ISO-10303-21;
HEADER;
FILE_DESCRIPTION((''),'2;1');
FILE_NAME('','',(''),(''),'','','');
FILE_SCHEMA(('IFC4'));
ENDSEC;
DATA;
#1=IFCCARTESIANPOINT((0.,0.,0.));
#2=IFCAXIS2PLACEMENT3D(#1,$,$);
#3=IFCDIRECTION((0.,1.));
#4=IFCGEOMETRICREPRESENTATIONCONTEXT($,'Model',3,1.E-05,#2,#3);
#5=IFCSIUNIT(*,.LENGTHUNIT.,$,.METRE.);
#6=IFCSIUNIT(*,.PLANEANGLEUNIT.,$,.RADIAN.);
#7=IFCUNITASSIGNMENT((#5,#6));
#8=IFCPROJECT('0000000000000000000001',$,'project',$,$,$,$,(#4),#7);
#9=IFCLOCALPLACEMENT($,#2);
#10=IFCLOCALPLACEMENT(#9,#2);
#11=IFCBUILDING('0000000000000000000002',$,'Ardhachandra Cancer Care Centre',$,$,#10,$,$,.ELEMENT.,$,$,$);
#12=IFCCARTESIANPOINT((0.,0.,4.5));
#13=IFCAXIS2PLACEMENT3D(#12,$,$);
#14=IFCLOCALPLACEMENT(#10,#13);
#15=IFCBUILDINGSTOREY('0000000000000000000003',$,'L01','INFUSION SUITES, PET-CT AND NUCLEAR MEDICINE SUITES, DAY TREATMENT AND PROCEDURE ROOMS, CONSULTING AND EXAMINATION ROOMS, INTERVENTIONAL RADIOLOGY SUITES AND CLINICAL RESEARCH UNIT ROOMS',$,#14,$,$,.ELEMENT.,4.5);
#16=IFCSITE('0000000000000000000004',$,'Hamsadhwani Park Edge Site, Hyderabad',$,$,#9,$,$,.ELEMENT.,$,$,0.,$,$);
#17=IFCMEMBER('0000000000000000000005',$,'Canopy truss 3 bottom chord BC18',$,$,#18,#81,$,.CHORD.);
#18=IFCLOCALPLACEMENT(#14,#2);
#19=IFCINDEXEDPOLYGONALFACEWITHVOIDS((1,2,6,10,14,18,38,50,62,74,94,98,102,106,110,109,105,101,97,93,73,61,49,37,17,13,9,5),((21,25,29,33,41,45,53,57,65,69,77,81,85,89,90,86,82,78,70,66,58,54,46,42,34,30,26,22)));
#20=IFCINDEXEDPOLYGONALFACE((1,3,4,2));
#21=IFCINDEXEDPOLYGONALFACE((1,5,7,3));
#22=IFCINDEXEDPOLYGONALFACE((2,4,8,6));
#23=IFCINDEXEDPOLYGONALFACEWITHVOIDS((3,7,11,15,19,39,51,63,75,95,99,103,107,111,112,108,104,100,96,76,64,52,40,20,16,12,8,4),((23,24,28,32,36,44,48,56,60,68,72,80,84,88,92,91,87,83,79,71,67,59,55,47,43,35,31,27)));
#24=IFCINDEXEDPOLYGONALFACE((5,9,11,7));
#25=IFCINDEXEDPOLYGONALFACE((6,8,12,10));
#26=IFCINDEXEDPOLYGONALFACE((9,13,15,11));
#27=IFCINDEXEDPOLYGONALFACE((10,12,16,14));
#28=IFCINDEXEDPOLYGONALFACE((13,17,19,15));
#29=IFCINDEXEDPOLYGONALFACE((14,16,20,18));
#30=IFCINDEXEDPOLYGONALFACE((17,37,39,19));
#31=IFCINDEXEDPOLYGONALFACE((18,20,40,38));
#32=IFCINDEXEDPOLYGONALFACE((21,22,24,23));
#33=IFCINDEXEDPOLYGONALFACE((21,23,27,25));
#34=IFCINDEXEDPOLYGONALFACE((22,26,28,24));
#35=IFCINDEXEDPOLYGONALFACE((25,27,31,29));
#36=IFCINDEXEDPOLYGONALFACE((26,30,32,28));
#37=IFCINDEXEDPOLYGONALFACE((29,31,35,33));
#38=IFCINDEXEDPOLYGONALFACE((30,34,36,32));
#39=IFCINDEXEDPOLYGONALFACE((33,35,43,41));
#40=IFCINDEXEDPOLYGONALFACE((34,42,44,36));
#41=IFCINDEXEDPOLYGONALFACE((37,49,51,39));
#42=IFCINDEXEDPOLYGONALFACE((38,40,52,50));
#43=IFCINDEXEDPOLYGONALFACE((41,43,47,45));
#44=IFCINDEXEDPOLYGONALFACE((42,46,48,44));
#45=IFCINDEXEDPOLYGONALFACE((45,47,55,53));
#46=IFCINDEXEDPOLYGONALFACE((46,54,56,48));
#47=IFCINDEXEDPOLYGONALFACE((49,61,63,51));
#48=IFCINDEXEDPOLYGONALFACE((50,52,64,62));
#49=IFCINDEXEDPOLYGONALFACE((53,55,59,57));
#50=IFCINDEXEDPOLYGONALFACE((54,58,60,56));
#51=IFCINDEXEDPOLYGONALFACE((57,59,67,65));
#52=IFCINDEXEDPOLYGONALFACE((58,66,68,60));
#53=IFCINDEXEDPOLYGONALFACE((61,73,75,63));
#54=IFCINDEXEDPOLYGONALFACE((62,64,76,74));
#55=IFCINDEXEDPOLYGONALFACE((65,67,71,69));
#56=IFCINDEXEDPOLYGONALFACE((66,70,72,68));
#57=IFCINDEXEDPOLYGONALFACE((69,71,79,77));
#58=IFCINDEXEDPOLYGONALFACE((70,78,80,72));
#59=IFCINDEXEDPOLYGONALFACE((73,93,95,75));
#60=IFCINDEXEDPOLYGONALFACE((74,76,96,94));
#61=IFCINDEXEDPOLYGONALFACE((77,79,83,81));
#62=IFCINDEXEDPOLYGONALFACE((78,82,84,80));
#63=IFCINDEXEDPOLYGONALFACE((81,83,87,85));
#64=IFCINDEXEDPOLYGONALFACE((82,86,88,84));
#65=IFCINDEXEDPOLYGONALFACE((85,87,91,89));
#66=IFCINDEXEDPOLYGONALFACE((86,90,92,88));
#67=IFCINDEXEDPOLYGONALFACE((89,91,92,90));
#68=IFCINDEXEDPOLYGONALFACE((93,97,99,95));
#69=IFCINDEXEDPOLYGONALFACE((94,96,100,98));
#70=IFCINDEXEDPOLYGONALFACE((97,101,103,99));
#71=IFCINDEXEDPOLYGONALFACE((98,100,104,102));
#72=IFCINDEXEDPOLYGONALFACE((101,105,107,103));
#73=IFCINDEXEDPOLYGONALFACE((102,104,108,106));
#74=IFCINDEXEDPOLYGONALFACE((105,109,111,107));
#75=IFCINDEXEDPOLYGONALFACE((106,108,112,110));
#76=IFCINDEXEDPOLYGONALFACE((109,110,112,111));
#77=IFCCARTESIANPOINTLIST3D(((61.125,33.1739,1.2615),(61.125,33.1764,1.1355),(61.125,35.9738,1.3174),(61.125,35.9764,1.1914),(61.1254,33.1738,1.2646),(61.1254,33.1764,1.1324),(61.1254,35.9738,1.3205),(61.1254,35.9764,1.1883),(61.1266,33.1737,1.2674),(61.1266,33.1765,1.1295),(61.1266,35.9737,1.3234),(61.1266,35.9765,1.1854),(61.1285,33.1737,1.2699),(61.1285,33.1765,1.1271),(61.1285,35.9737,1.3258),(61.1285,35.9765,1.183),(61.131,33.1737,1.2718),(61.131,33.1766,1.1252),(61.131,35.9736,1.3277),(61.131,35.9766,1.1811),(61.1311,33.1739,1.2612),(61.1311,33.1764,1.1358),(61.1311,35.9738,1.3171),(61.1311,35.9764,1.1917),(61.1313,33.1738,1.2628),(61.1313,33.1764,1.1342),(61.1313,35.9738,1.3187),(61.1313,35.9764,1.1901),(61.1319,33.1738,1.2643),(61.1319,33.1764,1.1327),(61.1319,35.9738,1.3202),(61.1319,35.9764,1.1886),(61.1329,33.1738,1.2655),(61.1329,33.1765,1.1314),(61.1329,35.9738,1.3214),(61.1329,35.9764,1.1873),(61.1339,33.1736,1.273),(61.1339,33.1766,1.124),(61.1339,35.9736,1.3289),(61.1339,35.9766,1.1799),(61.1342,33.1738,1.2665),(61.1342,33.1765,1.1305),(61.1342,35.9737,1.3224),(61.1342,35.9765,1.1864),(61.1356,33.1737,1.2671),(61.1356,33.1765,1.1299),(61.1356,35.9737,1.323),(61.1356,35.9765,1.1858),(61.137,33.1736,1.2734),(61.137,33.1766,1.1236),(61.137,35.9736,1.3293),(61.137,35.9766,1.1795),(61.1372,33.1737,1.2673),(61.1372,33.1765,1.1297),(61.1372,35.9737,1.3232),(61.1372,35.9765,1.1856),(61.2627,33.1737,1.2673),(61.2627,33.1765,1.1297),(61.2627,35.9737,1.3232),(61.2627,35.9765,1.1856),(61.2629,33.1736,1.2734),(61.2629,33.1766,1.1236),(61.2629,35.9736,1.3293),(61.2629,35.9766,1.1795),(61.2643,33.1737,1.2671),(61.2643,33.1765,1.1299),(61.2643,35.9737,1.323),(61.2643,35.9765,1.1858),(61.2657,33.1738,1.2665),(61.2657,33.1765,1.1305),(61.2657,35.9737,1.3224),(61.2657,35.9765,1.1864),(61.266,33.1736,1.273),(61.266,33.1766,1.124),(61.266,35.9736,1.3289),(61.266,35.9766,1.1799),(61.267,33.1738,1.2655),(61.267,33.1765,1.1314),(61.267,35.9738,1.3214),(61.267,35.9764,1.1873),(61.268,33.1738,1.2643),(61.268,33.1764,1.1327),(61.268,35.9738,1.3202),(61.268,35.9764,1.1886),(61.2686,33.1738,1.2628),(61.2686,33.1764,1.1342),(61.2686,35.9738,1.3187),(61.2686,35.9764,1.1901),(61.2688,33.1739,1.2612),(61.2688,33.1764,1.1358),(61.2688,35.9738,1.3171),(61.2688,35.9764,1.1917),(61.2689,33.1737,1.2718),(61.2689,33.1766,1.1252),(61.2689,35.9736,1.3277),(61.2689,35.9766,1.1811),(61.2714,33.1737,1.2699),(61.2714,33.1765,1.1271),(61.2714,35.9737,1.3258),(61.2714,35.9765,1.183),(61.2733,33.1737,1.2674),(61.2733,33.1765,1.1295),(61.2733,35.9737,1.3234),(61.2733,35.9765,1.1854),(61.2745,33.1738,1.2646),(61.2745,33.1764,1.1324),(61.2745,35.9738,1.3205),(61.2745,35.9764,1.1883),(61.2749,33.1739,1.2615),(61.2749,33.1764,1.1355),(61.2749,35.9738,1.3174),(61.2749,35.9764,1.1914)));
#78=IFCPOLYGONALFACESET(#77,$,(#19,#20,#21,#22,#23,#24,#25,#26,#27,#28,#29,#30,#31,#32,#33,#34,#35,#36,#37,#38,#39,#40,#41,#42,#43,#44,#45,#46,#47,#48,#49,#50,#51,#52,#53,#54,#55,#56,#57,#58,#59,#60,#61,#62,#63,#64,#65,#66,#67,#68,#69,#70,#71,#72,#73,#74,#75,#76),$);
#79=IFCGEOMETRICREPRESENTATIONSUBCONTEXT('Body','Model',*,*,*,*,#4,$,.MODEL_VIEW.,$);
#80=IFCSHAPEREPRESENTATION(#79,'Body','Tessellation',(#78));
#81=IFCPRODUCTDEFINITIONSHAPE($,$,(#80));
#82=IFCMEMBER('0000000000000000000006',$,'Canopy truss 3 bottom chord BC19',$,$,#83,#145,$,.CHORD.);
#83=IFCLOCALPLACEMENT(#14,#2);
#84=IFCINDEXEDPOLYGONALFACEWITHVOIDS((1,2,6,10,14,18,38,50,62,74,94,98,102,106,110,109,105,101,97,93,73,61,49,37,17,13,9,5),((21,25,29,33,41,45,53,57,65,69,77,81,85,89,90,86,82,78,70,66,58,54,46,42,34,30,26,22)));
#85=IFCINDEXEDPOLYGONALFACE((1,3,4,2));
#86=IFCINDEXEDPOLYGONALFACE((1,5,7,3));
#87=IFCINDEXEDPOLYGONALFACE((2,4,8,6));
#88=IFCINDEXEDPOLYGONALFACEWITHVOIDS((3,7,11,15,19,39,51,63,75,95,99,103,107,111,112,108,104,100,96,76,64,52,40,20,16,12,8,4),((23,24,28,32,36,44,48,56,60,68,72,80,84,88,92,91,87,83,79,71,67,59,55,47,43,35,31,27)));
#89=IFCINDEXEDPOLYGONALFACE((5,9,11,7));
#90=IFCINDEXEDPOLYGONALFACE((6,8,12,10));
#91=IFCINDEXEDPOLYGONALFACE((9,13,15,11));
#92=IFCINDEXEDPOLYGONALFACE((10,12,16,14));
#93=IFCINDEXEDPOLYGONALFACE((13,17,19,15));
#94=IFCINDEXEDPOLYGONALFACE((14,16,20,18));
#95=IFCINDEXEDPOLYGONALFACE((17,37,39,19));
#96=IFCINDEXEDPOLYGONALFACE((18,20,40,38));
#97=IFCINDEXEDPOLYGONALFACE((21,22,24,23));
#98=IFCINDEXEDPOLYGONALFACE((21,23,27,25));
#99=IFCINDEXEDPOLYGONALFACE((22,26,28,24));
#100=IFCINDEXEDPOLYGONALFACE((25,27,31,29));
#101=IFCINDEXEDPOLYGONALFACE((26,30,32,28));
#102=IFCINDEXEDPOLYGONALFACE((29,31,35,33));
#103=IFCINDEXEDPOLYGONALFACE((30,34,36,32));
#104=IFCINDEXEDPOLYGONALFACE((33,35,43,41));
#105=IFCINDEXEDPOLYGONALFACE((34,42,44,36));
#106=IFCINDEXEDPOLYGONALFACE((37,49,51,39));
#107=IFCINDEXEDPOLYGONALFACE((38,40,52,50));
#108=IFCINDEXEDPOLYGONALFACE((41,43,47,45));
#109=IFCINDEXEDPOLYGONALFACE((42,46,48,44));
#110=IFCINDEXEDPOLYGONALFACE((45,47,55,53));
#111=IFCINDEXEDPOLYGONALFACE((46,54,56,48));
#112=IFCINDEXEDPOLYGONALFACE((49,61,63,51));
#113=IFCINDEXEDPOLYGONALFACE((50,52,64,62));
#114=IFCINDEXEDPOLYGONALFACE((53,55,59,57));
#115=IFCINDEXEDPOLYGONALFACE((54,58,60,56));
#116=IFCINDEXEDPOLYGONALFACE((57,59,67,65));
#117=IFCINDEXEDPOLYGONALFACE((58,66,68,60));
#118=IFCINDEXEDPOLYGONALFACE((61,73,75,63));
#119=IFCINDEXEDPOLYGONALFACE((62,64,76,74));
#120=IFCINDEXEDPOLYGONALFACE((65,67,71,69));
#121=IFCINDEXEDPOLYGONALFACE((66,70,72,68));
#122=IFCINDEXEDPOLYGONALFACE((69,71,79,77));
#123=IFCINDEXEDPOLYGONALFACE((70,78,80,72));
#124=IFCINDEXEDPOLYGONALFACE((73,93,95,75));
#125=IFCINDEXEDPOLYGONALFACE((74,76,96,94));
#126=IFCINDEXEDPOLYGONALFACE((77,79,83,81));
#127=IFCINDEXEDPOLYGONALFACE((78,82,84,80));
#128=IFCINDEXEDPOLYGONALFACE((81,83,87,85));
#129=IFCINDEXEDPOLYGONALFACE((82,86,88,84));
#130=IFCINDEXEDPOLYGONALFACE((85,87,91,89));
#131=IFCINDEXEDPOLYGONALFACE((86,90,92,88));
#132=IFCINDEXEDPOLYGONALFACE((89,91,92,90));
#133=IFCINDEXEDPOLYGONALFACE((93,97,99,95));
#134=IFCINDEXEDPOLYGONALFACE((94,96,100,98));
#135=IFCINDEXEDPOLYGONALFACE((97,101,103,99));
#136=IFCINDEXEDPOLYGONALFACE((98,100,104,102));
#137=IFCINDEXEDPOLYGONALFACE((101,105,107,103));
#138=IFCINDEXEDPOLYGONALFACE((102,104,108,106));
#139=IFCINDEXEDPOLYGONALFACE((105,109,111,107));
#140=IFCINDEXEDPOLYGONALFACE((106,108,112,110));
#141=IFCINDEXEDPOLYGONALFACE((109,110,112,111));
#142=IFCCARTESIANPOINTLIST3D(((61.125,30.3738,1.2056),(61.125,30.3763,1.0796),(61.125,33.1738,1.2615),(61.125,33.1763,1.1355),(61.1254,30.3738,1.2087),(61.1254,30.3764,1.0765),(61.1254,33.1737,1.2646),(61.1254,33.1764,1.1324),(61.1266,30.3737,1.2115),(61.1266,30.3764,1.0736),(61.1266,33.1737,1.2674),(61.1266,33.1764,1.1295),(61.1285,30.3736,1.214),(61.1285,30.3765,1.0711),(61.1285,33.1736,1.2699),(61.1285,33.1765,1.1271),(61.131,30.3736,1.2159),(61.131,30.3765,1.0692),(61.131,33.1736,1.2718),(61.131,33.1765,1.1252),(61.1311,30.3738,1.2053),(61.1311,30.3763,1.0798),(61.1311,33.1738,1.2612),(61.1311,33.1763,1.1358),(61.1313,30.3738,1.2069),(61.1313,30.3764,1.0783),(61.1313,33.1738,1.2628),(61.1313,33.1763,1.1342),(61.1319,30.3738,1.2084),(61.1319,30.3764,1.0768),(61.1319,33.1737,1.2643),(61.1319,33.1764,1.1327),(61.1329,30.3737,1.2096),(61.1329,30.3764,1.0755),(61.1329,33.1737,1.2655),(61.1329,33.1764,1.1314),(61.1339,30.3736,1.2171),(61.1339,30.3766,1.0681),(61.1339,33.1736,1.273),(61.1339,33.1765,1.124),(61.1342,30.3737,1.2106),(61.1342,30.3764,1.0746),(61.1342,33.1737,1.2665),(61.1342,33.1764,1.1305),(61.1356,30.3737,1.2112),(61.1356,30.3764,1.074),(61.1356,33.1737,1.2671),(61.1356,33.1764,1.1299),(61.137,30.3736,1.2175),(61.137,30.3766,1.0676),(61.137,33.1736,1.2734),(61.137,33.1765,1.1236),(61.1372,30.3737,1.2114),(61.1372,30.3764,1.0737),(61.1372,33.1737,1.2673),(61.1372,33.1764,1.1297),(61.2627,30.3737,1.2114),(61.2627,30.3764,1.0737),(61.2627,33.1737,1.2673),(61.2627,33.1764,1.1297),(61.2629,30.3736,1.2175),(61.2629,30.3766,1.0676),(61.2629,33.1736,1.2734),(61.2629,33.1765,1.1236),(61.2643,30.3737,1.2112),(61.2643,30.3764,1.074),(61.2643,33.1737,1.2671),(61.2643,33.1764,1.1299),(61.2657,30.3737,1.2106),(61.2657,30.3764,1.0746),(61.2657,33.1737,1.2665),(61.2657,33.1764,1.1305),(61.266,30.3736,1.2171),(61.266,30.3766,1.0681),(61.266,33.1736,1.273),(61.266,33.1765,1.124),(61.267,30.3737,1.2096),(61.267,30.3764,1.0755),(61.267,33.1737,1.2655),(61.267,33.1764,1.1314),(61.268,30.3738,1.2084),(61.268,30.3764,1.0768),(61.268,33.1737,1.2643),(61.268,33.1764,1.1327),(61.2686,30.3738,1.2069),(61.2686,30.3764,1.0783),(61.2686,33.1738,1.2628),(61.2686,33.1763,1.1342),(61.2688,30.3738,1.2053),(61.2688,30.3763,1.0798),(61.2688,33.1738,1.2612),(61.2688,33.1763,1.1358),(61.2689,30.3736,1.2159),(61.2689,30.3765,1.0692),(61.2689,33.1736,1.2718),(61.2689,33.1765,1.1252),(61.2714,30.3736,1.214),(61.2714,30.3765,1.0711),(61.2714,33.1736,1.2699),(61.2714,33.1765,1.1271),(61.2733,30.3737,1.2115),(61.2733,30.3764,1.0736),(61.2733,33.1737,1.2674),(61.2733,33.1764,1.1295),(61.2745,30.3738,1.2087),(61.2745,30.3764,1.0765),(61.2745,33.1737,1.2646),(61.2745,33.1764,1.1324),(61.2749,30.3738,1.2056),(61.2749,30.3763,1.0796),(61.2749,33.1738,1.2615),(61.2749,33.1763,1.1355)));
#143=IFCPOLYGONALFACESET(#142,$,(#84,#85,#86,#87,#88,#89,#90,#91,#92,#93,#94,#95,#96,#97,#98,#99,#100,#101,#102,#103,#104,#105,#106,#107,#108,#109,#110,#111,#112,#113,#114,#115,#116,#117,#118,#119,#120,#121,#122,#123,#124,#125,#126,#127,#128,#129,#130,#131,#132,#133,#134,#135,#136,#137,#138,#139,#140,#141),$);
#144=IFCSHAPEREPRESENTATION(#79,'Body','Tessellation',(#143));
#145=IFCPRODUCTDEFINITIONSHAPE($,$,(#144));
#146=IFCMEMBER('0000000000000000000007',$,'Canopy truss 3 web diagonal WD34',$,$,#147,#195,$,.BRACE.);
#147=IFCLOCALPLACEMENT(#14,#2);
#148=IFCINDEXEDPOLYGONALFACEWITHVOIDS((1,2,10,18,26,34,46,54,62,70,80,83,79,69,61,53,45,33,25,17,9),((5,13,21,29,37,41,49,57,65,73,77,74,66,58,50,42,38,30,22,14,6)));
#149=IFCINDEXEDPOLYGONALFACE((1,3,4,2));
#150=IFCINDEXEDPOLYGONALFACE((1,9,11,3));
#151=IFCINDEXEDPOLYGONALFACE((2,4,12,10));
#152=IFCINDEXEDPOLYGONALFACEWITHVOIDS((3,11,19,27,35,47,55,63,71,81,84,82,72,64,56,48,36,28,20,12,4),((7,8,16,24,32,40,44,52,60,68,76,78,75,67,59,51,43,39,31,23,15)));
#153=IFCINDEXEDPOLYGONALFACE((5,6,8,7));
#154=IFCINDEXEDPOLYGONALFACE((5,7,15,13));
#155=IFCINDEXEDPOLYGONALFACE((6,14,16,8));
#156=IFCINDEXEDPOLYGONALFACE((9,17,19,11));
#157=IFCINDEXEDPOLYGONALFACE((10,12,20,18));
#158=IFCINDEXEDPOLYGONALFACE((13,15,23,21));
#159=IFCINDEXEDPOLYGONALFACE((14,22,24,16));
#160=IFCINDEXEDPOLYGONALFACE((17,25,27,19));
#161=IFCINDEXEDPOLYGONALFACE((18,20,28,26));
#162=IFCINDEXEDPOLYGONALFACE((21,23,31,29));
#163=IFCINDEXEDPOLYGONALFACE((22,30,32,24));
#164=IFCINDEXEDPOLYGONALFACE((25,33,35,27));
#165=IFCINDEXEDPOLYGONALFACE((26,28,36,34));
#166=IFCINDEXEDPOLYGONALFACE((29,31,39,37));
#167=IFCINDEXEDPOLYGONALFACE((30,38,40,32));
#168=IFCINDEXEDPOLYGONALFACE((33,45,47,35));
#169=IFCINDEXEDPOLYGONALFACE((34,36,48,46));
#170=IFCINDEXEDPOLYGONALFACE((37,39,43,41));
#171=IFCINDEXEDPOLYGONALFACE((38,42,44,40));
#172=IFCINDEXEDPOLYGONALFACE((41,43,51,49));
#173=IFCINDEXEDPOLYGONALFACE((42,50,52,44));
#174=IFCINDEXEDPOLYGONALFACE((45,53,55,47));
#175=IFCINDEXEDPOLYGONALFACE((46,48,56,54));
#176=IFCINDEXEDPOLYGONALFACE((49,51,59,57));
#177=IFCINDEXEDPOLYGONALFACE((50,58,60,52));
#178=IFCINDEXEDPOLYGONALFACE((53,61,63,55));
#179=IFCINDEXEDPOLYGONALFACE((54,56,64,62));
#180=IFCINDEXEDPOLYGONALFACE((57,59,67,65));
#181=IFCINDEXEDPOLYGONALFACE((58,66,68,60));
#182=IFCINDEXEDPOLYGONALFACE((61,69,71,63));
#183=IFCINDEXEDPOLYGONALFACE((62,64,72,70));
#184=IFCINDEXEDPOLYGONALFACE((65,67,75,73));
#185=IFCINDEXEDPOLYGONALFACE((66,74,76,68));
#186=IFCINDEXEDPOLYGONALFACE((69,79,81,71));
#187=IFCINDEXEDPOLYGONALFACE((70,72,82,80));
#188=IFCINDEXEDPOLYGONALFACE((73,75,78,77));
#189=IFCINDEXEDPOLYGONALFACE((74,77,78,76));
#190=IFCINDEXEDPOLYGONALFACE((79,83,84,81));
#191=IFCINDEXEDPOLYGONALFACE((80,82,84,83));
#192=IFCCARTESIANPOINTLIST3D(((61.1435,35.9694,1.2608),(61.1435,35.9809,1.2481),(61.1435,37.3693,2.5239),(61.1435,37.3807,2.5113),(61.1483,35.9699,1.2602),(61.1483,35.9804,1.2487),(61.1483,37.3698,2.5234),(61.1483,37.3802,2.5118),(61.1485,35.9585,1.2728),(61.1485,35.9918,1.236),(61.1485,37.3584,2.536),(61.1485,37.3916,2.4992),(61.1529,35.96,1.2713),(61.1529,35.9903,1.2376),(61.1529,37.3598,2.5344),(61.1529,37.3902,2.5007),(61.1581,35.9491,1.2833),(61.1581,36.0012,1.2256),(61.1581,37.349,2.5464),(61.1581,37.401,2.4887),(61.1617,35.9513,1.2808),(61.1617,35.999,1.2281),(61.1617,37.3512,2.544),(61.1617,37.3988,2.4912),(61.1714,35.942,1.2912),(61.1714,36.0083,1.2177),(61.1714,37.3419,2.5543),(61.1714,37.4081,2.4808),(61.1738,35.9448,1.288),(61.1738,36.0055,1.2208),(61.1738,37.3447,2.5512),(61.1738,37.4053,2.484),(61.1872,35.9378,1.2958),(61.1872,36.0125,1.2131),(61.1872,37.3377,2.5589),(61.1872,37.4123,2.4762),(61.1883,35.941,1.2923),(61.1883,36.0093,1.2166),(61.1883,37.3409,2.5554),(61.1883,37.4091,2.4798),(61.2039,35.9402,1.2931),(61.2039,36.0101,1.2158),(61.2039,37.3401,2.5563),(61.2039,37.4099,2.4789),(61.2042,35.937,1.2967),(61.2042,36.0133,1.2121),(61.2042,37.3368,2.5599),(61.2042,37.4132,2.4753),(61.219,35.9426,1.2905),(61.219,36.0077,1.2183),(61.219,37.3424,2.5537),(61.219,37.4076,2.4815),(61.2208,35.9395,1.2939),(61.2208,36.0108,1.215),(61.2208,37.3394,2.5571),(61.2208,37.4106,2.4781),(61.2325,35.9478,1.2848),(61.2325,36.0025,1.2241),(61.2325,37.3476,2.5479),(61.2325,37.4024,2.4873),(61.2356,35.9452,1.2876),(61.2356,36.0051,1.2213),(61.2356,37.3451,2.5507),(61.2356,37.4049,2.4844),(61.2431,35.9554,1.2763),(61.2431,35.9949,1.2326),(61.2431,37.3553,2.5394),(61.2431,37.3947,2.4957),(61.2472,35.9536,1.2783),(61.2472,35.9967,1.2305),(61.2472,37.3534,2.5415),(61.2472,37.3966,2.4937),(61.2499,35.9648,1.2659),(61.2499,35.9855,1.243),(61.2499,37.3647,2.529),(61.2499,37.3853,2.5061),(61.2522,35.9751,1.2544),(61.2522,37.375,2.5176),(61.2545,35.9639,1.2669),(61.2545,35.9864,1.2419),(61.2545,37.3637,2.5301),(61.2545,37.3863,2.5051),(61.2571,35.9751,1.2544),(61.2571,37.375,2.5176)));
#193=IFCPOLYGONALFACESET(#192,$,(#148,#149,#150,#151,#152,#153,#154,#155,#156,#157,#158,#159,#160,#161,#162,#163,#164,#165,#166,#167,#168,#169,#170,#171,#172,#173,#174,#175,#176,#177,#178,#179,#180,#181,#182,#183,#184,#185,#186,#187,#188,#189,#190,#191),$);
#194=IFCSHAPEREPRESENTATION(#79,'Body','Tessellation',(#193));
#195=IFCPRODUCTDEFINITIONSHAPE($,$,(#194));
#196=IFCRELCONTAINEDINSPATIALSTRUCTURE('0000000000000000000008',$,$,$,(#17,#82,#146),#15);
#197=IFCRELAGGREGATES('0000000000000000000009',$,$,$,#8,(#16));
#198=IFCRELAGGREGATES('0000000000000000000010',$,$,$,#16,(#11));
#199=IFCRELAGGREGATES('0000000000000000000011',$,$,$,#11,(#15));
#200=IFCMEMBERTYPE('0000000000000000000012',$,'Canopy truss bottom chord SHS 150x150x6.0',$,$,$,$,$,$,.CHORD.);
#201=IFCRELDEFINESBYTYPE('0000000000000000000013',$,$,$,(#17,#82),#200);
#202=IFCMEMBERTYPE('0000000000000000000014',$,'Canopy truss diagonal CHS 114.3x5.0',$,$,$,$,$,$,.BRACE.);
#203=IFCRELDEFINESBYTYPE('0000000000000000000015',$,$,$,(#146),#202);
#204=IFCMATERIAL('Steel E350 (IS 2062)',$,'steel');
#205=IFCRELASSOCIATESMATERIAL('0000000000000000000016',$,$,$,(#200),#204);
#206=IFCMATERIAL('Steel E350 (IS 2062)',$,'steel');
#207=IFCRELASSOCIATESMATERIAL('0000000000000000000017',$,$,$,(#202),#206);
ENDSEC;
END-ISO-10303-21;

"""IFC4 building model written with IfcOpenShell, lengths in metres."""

from ifc_helpers import new_model, si_unit, direction, frame, origin, origin_2d, place, context, subcontext, project, spatial, hollow_rectangle, hollow_circle, extrude, material, material_profile, profile_set, type_object, element, save


model = new_model("IFC4")

# Units and contexts
model_context = context("Model", 3, precision=1e-05, world=origin(), true_north=direction((0.0, 1.0)))
body_context = subcontext(model_context, "Body", "Model", "MODEL_VIEW")
ifc_project = project(units=[si_unit("LENGTHUNIT", "METRE"), si_unit("PLANEANGLEUNIT", "RADIAN")], contexts=[model_context])

# Site, building, storey
site_placement = place(None, origin())
site = spatial("IfcSite", under=ifc_project, at=site_placement, Name="Hamsadhwani Park Edge Site, Hyderabad", CompositionType="ELEMENT", RefElevation=0.0)
building_placement = place(site_placement, origin())
building = spatial("IfcBuilding", under=site, at=building_placement, Name="Ardhachandra Cancer Care Centre", CompositionType="ELEMENT")
storey_placement = place(building_placement, frame((0.0, 0.0, 4.5)))
storey = spatial("IfcBuildingStorey", under=building, at=storey_placement, Name="L01", Description="INFUSION SUITES, PET-CT AND NUCLEAR MEDICINE SUITES, DAY TREATMENT AND PROCEDURE ROOMS, CONSULTING AND EXAMINATION ROOMS, INTERVENTIONAL RADIOLOGY SUITES AND CLINICAL RESEARCH UNIT ROOMS", CompositionType="ELEMENT", Elevation=4.5)

# Members
ifc_material_1 = material(Name="Steel E350 (IS 2062)", Category="steel")
ifc_material_profile_1 = material_profile(ifc_material_1, hollow_rectangle(XDim=0.1499, YDim=0.1499, WallThickness=0.0061, InnerFilletRadius=0.0061, OuterFilletRadius=0.012, at=origin_2d()), Name="SHS 150x150x6.0")
ifc_profile_set_1 = profile_set([ifc_material_profile_1], Name="Steel E350 (IS 2062)")
member_type_1 = type_object("IfcMemberType", Name="Canopy truss bottom chord SHS 150x150x6.0", PredefinedType="CHORD", material=ifc_profile_set_1)
for number, where, z_axis, x_axis, name in (
    (1, (61.2, 35.9751, 1.2544), (0.0, -0.999801, -0.019963), (1.0, 0.0, 0.0), "Canopy truss 3 bottom chord BC18"),
    (2, (61.2, 33.175, 1.1985), (0.0, -0.999801, -0.019963), (1.0, 0.0, 0.0), "Canopy truss 3 bottom chord BC19"),
):
    element("IfcMember", number, at=place(storey_placement, frame(where, z_axis=z_axis, x_axis=x_axis)), inside=storey, type_object=member_type_1, Name=name, PredefinedType="CHORD", context=body_context, shape_type="SweptSolid", body=[
        extrude(hollow_rectangle(XDim=0.1499, YDim=0.1499, WallThickness=0.0061, InnerFilletRadius=0.0061, OuterFilletRadius=0.012, at=origin_2d()), origin(), (0.0, 0.0, 1.0), 2.8005),
    ])
ifc_material_2 = material(Name="Steel E350 (IS 2062)", Category="steel")
ifc_material_profile_2 = material_profile(ifc_material_2, hollow_circle(Radius=0.0571, WallThickness=0.0049, at=origin_2d()), Name="CHS 114.3x5.0")
ifc_profile_set_2 = profile_set([ifc_material_profile_2], Name="Steel E350 (IS 2062)")
member_type_2 = type_object("IfcMemberType", Name="Canopy truss diagonal CHS 114.3x5.0", PredefinedType="BRACE", material=ifc_profile_set_2)
member_1_placement = place(storey_placement, frame((61.2, 37.375, 2.5176), z_axis=(0.0, -0.742431, -0.669923), x_axis=(1.0, 0.0, 0.0)))
element("IfcMember", 3, at=member_1_placement, inside=storey, type_object=member_type_2, Name="Canopy truss 3 web diagonal WD34", PredefinedType="BRACE", context=body_context, shape_type="SweptSolid", body=[
    extrude(hollow_circle(Radius=0.0571, WallThickness=0.0049, at=origin_2d()), origin(), (0.0, 0.0, 1.0), 1.8855),
])

save(model, "model.ifc")
